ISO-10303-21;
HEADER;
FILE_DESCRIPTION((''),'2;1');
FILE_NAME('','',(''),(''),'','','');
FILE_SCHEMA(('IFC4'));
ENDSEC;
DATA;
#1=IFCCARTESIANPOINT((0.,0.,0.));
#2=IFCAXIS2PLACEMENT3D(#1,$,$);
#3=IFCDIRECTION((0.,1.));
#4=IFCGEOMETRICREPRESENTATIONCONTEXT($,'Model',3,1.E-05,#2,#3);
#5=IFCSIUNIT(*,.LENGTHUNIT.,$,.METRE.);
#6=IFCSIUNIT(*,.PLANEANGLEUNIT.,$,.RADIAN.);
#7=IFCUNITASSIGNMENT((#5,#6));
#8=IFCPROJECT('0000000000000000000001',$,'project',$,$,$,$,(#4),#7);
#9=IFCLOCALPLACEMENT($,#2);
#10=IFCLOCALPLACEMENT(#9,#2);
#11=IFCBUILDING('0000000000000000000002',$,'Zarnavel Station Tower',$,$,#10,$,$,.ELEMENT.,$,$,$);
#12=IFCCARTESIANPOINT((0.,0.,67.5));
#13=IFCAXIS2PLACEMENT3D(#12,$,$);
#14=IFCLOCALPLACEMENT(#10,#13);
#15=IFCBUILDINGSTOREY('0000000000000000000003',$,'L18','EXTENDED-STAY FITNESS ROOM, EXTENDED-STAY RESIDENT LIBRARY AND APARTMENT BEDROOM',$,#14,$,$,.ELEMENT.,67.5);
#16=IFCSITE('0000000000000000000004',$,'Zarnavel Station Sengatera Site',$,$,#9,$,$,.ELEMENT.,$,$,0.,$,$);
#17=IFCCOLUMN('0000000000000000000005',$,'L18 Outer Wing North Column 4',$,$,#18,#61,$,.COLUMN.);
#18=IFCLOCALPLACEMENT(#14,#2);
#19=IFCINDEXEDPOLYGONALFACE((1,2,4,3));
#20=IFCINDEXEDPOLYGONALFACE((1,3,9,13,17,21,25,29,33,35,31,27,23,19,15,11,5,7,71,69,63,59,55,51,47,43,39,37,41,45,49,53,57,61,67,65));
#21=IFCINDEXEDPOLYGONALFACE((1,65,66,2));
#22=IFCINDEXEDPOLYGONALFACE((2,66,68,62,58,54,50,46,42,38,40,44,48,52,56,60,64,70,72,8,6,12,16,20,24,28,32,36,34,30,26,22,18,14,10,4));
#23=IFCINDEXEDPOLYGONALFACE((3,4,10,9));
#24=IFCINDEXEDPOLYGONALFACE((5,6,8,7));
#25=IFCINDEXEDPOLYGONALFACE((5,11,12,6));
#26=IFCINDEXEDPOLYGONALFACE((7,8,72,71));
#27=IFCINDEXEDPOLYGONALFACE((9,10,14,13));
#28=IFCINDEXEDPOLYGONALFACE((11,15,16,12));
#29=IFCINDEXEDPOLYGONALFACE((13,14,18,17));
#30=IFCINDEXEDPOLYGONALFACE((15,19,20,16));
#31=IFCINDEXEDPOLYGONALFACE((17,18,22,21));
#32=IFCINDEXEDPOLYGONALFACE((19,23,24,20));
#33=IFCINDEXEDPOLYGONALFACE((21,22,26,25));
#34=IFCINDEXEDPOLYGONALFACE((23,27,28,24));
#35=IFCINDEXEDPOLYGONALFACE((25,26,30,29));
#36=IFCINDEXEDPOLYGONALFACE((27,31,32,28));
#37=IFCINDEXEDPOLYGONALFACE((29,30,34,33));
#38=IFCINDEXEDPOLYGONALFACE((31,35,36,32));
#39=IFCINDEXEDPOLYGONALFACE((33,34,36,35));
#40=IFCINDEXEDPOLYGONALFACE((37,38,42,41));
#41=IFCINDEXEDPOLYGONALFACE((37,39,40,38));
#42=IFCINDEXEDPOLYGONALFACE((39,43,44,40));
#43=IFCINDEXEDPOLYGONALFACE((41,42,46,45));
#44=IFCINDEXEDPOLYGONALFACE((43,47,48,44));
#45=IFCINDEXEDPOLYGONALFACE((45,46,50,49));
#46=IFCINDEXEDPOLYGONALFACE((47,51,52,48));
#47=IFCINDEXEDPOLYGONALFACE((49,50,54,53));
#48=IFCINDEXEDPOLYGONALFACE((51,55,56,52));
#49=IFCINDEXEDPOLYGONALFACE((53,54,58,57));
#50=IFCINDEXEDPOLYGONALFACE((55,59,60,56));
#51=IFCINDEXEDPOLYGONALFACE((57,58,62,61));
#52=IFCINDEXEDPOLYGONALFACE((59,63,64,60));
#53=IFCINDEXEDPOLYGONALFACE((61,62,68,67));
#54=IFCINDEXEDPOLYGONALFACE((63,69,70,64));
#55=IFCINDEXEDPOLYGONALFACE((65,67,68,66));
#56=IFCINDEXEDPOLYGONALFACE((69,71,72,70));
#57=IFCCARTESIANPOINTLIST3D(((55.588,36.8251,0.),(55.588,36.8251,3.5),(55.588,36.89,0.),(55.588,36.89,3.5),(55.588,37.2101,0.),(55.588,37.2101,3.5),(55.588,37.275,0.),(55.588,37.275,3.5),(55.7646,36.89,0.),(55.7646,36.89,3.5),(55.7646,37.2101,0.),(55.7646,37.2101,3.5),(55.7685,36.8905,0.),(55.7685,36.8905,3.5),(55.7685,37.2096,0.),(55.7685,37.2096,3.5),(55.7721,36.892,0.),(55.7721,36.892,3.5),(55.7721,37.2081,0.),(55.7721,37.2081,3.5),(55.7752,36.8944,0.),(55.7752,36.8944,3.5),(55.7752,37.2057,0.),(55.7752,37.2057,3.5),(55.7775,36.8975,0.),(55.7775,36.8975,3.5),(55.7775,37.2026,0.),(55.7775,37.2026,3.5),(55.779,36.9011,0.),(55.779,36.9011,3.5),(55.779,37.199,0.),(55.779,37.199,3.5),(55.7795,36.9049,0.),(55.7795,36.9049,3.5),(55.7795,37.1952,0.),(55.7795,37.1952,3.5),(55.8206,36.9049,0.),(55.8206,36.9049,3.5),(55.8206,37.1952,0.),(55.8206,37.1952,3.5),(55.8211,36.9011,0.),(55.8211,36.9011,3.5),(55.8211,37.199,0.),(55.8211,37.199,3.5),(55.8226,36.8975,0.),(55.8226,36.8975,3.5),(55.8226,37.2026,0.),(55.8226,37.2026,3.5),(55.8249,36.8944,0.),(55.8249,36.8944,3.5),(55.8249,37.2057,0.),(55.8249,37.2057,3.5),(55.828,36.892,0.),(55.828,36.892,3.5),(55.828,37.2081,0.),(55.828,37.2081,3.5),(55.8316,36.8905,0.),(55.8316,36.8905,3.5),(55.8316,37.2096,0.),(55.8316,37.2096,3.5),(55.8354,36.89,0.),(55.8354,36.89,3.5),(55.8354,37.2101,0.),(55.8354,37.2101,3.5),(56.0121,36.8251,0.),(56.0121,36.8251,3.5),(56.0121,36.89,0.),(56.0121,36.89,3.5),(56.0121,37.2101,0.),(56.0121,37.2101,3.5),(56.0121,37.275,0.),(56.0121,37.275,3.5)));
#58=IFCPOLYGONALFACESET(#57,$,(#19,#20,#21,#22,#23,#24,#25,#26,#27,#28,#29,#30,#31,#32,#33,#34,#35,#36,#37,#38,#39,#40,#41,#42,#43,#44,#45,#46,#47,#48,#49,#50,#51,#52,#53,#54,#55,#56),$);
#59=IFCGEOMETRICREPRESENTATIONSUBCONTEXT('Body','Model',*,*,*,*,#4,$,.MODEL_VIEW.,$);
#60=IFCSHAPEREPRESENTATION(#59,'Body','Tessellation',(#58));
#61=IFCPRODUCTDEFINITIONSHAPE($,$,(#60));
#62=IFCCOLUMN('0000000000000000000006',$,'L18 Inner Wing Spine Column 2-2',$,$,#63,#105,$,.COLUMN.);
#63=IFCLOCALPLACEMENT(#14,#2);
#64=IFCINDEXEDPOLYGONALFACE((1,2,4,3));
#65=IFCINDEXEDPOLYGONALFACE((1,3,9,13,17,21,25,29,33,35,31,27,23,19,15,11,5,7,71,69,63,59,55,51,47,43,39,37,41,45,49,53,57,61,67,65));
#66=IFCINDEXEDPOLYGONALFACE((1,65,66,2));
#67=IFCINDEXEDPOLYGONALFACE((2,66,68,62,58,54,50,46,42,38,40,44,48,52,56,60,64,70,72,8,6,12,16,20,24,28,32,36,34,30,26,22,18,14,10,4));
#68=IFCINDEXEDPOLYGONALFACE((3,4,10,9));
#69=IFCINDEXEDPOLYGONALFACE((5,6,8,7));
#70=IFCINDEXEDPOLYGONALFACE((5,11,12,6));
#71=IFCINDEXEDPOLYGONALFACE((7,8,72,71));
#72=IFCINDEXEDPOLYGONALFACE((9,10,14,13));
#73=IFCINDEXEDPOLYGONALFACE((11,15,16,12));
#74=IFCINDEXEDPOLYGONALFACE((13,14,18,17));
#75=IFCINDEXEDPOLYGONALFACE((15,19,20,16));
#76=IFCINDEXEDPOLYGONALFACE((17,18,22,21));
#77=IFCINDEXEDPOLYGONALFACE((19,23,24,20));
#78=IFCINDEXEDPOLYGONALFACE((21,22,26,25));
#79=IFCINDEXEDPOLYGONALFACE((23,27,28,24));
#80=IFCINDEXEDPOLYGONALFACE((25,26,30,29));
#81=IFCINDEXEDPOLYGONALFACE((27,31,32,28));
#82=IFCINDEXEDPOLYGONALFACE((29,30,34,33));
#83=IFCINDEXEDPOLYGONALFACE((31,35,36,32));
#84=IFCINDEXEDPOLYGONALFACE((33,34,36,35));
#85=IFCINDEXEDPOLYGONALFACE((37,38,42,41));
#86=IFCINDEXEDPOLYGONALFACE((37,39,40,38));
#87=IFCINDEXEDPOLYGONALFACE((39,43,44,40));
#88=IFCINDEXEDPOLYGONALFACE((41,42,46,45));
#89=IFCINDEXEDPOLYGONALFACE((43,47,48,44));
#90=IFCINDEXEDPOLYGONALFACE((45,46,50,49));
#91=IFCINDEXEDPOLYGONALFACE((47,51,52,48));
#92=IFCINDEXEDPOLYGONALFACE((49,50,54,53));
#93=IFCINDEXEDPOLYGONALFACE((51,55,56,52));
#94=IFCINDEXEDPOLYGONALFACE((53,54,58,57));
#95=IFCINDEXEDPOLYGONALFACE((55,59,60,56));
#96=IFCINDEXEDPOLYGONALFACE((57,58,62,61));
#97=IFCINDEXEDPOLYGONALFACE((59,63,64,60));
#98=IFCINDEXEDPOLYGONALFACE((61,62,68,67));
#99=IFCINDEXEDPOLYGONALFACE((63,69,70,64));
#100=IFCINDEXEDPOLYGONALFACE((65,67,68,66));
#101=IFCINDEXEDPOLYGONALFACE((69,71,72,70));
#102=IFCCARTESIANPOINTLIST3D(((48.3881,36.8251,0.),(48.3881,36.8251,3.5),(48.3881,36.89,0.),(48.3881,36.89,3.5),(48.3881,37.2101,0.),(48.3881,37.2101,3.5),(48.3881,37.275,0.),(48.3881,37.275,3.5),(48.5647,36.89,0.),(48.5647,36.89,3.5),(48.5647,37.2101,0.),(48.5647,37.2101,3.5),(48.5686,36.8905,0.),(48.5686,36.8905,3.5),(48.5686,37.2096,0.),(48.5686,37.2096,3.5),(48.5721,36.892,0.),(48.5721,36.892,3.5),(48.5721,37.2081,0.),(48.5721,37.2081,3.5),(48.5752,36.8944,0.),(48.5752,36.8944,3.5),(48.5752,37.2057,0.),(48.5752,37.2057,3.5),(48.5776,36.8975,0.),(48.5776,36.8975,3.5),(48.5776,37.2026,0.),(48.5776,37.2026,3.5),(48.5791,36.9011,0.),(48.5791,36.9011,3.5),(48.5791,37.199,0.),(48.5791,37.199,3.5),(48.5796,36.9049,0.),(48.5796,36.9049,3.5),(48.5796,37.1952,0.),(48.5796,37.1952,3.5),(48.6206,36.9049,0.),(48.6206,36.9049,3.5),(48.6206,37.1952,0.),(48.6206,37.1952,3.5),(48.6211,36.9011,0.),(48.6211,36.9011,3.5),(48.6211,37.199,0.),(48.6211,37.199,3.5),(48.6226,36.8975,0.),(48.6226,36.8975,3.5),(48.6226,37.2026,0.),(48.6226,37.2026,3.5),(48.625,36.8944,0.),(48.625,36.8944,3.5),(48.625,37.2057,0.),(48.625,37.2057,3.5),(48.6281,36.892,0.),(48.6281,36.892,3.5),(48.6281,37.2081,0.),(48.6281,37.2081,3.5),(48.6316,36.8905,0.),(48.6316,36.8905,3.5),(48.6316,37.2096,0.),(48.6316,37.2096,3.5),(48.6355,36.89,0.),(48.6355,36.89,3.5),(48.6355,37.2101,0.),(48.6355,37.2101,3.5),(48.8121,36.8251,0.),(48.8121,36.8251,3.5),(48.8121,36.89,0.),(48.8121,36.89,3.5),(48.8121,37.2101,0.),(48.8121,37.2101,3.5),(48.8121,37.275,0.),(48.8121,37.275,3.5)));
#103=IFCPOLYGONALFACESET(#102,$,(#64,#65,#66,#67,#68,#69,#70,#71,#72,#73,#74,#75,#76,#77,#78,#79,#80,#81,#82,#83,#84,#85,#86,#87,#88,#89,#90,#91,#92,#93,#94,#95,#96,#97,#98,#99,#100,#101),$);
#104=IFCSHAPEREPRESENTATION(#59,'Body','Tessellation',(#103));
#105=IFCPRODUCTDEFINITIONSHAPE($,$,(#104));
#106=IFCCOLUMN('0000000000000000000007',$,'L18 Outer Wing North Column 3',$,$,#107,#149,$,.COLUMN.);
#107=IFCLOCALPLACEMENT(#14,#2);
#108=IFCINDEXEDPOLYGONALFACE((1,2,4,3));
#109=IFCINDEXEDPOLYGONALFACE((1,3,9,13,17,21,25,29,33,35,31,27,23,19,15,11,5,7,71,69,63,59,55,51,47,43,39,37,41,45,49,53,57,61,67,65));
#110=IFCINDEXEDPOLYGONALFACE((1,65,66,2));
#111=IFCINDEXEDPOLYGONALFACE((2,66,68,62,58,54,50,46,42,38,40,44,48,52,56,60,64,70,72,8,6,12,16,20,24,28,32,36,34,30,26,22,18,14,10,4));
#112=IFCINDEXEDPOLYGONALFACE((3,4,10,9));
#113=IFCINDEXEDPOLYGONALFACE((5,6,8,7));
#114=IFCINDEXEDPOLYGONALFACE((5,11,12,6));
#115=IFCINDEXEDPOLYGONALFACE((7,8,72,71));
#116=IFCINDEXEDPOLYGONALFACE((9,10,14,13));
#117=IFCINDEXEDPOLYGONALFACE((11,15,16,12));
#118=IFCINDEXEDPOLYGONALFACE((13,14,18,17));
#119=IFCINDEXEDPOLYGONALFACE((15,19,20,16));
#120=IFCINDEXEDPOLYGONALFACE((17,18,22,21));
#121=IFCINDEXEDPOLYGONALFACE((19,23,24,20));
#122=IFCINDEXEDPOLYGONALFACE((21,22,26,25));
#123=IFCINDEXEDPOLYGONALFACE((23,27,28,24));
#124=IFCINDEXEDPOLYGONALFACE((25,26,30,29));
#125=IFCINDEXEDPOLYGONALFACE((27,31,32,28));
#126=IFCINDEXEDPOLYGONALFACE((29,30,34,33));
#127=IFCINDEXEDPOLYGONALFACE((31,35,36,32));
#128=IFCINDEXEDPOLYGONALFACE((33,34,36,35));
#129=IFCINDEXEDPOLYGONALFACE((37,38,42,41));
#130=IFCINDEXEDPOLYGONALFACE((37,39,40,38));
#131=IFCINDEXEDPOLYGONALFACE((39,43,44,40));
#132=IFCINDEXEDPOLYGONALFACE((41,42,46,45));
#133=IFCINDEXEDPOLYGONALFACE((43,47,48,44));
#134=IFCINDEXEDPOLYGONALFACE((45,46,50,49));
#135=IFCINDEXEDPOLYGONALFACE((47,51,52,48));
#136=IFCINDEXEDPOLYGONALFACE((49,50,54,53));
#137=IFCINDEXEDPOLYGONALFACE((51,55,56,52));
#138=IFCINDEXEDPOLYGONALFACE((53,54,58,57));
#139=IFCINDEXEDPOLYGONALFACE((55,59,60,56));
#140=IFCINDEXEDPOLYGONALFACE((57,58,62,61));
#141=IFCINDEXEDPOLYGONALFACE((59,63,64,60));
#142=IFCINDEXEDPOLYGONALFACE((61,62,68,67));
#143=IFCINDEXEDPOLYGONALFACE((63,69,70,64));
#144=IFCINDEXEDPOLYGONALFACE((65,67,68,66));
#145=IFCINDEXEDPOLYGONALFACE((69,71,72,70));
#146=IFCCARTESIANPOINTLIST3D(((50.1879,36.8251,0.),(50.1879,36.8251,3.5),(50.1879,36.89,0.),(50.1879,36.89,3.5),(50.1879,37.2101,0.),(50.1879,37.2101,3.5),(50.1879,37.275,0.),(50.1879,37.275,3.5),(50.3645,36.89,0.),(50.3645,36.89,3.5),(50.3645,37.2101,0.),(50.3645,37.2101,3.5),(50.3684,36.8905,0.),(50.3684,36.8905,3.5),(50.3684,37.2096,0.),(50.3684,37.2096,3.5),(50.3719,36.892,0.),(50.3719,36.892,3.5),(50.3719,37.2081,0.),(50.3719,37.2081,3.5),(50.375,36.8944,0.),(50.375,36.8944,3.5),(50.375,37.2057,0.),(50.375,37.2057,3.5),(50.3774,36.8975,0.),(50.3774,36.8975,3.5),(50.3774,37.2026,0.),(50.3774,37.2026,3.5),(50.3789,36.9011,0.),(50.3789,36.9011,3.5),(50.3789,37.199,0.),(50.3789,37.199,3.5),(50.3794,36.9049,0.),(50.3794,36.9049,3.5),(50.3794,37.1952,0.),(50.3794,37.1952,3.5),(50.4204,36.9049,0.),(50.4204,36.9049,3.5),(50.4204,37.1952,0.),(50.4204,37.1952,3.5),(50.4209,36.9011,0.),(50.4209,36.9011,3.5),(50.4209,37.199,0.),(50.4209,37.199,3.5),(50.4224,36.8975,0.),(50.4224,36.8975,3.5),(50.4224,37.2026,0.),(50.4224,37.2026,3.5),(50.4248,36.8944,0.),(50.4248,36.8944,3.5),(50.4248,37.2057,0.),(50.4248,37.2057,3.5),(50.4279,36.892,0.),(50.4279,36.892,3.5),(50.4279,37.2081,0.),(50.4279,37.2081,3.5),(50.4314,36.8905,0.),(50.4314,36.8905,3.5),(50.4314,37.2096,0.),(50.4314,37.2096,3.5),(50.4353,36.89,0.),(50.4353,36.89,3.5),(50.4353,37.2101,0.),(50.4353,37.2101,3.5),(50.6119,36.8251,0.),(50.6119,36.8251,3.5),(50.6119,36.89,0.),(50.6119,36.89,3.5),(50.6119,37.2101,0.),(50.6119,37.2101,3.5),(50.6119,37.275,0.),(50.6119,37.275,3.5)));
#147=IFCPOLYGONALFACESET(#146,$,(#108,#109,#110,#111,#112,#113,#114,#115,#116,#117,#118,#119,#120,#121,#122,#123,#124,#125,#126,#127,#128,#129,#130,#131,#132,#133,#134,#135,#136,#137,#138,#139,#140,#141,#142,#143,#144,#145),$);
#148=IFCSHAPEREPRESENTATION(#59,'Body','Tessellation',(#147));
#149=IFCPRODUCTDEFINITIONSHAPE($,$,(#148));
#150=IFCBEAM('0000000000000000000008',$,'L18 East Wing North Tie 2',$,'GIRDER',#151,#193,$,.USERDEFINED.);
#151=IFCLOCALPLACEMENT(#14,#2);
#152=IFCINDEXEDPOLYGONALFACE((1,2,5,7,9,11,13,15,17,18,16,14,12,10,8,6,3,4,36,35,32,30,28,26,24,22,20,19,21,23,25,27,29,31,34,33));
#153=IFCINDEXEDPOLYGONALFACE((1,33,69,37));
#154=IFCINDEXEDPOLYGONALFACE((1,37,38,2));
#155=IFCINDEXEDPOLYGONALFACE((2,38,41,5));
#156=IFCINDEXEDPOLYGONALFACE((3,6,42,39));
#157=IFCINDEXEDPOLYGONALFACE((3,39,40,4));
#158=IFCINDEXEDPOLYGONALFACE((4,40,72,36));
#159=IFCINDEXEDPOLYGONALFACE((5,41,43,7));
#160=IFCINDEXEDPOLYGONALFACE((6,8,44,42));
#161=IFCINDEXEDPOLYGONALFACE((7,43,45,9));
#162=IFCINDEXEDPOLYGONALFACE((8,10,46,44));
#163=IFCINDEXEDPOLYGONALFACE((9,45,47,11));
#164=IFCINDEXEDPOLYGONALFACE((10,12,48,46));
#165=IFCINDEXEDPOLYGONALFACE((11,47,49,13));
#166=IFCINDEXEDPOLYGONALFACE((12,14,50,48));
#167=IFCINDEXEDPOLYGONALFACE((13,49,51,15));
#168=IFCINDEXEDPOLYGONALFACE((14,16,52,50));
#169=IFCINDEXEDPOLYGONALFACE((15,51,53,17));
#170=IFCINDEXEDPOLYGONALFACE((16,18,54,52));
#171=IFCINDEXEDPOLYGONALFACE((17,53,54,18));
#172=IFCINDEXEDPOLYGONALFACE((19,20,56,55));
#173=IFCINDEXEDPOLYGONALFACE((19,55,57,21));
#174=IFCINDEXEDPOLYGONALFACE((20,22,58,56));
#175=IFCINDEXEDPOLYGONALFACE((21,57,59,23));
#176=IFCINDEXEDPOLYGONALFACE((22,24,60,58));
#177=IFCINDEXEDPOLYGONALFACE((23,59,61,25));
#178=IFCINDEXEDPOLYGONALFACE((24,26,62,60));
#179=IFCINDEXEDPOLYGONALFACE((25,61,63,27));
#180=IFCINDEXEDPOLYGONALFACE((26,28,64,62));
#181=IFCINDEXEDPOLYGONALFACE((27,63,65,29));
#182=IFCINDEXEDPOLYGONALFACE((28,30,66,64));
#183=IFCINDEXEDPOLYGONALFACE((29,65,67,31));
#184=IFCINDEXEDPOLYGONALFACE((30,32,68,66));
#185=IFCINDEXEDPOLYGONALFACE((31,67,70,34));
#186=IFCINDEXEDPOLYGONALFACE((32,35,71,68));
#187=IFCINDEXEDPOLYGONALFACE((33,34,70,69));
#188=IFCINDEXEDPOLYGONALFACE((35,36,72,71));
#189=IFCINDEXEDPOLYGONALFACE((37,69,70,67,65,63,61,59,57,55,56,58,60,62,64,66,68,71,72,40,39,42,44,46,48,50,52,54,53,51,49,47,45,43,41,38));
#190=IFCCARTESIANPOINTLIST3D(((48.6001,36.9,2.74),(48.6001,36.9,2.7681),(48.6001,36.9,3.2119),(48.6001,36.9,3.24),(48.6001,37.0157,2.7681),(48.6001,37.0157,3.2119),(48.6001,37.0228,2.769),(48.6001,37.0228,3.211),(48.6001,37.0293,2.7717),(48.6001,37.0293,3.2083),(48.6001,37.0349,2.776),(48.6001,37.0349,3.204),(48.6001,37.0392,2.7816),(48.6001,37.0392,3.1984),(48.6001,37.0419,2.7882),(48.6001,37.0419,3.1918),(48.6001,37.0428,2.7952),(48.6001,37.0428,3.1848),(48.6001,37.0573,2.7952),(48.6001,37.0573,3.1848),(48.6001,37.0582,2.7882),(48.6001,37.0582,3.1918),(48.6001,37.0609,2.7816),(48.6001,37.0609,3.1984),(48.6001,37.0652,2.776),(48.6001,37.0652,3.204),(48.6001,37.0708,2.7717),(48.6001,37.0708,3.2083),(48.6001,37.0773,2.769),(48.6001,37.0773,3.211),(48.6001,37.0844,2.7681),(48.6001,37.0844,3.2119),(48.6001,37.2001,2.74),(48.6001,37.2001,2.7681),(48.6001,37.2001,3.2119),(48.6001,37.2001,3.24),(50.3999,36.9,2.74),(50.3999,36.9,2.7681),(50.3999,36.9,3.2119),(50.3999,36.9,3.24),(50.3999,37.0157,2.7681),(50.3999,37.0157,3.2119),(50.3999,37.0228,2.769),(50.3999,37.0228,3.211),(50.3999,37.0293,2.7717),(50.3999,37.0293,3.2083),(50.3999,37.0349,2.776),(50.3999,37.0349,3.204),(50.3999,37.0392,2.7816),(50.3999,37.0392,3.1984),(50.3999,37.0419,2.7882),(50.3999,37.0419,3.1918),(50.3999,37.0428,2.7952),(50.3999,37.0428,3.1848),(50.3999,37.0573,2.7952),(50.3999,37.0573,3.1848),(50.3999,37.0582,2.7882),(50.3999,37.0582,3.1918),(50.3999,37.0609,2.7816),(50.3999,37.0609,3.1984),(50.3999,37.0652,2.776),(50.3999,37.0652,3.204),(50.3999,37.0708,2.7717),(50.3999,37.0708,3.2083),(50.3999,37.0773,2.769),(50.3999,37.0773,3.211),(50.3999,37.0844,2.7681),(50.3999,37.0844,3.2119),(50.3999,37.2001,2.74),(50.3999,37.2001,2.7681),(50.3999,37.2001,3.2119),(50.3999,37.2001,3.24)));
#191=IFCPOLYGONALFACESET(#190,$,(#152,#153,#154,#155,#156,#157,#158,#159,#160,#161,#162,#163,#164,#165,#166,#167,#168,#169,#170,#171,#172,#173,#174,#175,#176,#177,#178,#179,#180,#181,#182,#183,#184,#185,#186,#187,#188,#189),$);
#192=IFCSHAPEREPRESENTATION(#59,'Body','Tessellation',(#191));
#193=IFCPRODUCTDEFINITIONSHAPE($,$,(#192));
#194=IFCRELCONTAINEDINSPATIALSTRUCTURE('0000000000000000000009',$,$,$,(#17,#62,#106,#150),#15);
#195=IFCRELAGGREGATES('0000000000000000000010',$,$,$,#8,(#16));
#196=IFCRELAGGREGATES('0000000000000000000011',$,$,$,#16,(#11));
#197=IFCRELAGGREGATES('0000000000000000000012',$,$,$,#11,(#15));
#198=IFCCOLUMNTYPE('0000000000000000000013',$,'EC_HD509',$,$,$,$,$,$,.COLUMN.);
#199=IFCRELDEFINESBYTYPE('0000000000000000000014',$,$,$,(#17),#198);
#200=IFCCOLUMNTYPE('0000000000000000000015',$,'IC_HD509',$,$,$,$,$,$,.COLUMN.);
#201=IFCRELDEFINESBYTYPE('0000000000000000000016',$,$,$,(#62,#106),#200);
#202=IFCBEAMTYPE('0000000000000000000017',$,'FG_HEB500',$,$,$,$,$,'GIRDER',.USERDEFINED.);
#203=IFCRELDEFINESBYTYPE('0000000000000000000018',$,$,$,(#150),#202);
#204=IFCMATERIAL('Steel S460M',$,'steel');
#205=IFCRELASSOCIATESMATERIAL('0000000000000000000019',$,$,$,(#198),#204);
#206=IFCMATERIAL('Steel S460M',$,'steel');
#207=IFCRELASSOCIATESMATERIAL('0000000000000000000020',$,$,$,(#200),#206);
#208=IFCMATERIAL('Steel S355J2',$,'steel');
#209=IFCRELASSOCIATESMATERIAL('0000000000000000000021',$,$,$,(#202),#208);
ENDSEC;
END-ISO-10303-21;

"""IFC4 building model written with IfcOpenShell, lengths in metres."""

from ifc_helpers import new_model, si_unit, direction, frame, origin, origin_2d, place, context, subcontext, project, spatial, i_section, extrude, material, material_profile, profile_set, type_object, element, save


model = new_model("IFC4")

# Units and contexts
model_context = context("Model", 3, precision=1e-05, world=origin(), true_north=direction((0.0, 1.0)))
body_context = subcontext(model_context, "Body", "Model", "MODEL_VIEW")
ifc_project = project(units=[si_unit("LENGTHUNIT", "METRE"), si_unit("PLANEANGLEUNIT", "RADIAN")], contexts=[model_context])

# Site, building, storey
site_placement = place(None, origin())
site = spatial("IfcSite", under=ifc_project, at=site_placement, Name="Zarnavel Station Sengatera Site", CompositionType="ELEMENT", RefElevation=0.0)
building_placement = place(site_placement, origin())
building = spatial("IfcBuilding", under=site, at=building_placement, Name="Zarnavel Station Tower", CompositionType="ELEMENT")
storey_placement = place(building_placement, frame((0.0, 0.0, 67.5)))
storey = spatial("IfcBuildingStorey", under=building, at=storey_placement, Name="L18", Description="EXTENDED-STAY FITNESS ROOM, EXTENDED-STAY RESIDENT LIBRARY AND APARTMENT BEDROOM", CompositionType="ELEMENT", Elevation=67.5)

# Columns
ifc_material_1 = material(Name="Steel S460M", Category="steel")
ifc_material_profile_1 = material_profile(ifc_material_1, i_section(OverallWidth=0.4241, OverallDepth=0.45, WebThickness=0.041, FlangeThickness=0.0649, FilletRadius=0.0149, at=origin_2d()), Name="HD400x509")
ifc_profile_set_1 = profile_set([ifc_material_profile_1], Name="Steel S460M")
column_type_1 = type_object("IfcColumnType", Name="EC_HD509", PredefinedType="COLUMN", material=ifc_profile_set_1)
column_placement = place(storey_placement, frame((55.8, 37.05, 0.0), z_axis=(0.0, 0.0, 1.0), x_axis=(1.0, 0.0, 0.0)))
element("IfcColumn", 1, at=column_placement, inside=storey, type_object=column_type_1, Name="L18 Outer Wing North Column 4", PredefinedType="COLUMN", context=body_context, shape_type="SweptSolid", body=[
    extrude(i_section(OverallWidth=0.4241, OverallDepth=0.45, WebThickness=0.041, FlangeThickness=0.0649, FilletRadius=0.0149, at=origin_2d()), origin(), (0.0, 0.0, 1.0), 3.5),
])
ifc_material_2 = material(Name="Steel S460M", Category="steel")
ifc_material_profile_2 = material_profile(ifc_material_2, i_section(OverallWidth=0.4241, OverallDepth=0.45, WebThickness=0.041, FlangeThickness=0.0649, FilletRadius=0.0149, at=origin_2d()), Name="HD400x509")
ifc_profile_set_2 = profile_set([ifc_material_profile_2], Name="Steel S460M")
column_type_2 = type_object("IfcColumnType", Name="IC_HD509", PredefinedType="COLUMN", material=ifc_profile_set_2)
for number, where, z_axis, x_axis, name in (
    (2, (48.6001, 37.05, 0.0), (0.0, 0.0, 1.0), (1.0, 0.0, 0.0), "L18 Inner Wing Spine Column 2-2"),
    (3, (50.3999, 37.05, 0.0), (0.0, 0.0, 1.0), (1.0, 0.0, 0.0), "L18 Outer Wing North Column 3"),
):
    element("IfcColumn", number, at=place(storey_placement, frame(where, z_axis=z_axis, x_axis=x_axis)), inside=storey, type_object=column_type_2, Name=name, PredefinedType="COLUMN", context=body_context, shape_type="SweptSolid", body=[
        extrude(i_section(OverallWidth=0.4241, OverallDepth=0.45, WebThickness=0.041, FlangeThickness=0.0649, FilletRadius=0.0149, at=origin_2d()), origin(), (0.0, 0.0, 1.0), 3.5),
    ])

# Beam
ifc_material_3 = material(Name="Steel S355J2", Category="steel")
ifc_material_profile_3 = material_profile(ifc_material_3, i_section(OverallWidth=0.3, OverallDepth=0.5, WebThickness=0.0144, FlangeThickness=0.0281, FilletRadius=0.0271, at=origin_2d()), Name="HEB500")
ifc_profile_set_3 = profile_set([ifc_material_profile_3], Name="Steel S355J2")
beam_type = type_object("IfcBeamType", Name="FG_HEB500", ElementType="GIRDER", PredefinedType="USERDEFINED", material=ifc_profile_set_3)
beam_1_placement = place(storey_placement, frame((48.6001, 37.05, 2.99), z_axis=(1.0, 0.0, 0.0), x_axis=(0.0, 1.0, 0.0)))
element("IfcBeam", 4, at=beam_1_placement, inside=storey, type_object=beam_type, Name="L18 East Wing North Tie 2", ObjectType="GIRDER", PredefinedType="USERDEFINED", context=body_context, shape_type="SweptSolid", body=[
    extrude(i_section(OverallWidth=0.3, OverallDepth=0.5, WebThickness=0.0144, FlangeThickness=0.0281, FilletRadius=0.0271, at=origin_2d()), origin(), (0.0, 0.0, 1.0), 1.7998),
])

save(model, "model.ifc")
